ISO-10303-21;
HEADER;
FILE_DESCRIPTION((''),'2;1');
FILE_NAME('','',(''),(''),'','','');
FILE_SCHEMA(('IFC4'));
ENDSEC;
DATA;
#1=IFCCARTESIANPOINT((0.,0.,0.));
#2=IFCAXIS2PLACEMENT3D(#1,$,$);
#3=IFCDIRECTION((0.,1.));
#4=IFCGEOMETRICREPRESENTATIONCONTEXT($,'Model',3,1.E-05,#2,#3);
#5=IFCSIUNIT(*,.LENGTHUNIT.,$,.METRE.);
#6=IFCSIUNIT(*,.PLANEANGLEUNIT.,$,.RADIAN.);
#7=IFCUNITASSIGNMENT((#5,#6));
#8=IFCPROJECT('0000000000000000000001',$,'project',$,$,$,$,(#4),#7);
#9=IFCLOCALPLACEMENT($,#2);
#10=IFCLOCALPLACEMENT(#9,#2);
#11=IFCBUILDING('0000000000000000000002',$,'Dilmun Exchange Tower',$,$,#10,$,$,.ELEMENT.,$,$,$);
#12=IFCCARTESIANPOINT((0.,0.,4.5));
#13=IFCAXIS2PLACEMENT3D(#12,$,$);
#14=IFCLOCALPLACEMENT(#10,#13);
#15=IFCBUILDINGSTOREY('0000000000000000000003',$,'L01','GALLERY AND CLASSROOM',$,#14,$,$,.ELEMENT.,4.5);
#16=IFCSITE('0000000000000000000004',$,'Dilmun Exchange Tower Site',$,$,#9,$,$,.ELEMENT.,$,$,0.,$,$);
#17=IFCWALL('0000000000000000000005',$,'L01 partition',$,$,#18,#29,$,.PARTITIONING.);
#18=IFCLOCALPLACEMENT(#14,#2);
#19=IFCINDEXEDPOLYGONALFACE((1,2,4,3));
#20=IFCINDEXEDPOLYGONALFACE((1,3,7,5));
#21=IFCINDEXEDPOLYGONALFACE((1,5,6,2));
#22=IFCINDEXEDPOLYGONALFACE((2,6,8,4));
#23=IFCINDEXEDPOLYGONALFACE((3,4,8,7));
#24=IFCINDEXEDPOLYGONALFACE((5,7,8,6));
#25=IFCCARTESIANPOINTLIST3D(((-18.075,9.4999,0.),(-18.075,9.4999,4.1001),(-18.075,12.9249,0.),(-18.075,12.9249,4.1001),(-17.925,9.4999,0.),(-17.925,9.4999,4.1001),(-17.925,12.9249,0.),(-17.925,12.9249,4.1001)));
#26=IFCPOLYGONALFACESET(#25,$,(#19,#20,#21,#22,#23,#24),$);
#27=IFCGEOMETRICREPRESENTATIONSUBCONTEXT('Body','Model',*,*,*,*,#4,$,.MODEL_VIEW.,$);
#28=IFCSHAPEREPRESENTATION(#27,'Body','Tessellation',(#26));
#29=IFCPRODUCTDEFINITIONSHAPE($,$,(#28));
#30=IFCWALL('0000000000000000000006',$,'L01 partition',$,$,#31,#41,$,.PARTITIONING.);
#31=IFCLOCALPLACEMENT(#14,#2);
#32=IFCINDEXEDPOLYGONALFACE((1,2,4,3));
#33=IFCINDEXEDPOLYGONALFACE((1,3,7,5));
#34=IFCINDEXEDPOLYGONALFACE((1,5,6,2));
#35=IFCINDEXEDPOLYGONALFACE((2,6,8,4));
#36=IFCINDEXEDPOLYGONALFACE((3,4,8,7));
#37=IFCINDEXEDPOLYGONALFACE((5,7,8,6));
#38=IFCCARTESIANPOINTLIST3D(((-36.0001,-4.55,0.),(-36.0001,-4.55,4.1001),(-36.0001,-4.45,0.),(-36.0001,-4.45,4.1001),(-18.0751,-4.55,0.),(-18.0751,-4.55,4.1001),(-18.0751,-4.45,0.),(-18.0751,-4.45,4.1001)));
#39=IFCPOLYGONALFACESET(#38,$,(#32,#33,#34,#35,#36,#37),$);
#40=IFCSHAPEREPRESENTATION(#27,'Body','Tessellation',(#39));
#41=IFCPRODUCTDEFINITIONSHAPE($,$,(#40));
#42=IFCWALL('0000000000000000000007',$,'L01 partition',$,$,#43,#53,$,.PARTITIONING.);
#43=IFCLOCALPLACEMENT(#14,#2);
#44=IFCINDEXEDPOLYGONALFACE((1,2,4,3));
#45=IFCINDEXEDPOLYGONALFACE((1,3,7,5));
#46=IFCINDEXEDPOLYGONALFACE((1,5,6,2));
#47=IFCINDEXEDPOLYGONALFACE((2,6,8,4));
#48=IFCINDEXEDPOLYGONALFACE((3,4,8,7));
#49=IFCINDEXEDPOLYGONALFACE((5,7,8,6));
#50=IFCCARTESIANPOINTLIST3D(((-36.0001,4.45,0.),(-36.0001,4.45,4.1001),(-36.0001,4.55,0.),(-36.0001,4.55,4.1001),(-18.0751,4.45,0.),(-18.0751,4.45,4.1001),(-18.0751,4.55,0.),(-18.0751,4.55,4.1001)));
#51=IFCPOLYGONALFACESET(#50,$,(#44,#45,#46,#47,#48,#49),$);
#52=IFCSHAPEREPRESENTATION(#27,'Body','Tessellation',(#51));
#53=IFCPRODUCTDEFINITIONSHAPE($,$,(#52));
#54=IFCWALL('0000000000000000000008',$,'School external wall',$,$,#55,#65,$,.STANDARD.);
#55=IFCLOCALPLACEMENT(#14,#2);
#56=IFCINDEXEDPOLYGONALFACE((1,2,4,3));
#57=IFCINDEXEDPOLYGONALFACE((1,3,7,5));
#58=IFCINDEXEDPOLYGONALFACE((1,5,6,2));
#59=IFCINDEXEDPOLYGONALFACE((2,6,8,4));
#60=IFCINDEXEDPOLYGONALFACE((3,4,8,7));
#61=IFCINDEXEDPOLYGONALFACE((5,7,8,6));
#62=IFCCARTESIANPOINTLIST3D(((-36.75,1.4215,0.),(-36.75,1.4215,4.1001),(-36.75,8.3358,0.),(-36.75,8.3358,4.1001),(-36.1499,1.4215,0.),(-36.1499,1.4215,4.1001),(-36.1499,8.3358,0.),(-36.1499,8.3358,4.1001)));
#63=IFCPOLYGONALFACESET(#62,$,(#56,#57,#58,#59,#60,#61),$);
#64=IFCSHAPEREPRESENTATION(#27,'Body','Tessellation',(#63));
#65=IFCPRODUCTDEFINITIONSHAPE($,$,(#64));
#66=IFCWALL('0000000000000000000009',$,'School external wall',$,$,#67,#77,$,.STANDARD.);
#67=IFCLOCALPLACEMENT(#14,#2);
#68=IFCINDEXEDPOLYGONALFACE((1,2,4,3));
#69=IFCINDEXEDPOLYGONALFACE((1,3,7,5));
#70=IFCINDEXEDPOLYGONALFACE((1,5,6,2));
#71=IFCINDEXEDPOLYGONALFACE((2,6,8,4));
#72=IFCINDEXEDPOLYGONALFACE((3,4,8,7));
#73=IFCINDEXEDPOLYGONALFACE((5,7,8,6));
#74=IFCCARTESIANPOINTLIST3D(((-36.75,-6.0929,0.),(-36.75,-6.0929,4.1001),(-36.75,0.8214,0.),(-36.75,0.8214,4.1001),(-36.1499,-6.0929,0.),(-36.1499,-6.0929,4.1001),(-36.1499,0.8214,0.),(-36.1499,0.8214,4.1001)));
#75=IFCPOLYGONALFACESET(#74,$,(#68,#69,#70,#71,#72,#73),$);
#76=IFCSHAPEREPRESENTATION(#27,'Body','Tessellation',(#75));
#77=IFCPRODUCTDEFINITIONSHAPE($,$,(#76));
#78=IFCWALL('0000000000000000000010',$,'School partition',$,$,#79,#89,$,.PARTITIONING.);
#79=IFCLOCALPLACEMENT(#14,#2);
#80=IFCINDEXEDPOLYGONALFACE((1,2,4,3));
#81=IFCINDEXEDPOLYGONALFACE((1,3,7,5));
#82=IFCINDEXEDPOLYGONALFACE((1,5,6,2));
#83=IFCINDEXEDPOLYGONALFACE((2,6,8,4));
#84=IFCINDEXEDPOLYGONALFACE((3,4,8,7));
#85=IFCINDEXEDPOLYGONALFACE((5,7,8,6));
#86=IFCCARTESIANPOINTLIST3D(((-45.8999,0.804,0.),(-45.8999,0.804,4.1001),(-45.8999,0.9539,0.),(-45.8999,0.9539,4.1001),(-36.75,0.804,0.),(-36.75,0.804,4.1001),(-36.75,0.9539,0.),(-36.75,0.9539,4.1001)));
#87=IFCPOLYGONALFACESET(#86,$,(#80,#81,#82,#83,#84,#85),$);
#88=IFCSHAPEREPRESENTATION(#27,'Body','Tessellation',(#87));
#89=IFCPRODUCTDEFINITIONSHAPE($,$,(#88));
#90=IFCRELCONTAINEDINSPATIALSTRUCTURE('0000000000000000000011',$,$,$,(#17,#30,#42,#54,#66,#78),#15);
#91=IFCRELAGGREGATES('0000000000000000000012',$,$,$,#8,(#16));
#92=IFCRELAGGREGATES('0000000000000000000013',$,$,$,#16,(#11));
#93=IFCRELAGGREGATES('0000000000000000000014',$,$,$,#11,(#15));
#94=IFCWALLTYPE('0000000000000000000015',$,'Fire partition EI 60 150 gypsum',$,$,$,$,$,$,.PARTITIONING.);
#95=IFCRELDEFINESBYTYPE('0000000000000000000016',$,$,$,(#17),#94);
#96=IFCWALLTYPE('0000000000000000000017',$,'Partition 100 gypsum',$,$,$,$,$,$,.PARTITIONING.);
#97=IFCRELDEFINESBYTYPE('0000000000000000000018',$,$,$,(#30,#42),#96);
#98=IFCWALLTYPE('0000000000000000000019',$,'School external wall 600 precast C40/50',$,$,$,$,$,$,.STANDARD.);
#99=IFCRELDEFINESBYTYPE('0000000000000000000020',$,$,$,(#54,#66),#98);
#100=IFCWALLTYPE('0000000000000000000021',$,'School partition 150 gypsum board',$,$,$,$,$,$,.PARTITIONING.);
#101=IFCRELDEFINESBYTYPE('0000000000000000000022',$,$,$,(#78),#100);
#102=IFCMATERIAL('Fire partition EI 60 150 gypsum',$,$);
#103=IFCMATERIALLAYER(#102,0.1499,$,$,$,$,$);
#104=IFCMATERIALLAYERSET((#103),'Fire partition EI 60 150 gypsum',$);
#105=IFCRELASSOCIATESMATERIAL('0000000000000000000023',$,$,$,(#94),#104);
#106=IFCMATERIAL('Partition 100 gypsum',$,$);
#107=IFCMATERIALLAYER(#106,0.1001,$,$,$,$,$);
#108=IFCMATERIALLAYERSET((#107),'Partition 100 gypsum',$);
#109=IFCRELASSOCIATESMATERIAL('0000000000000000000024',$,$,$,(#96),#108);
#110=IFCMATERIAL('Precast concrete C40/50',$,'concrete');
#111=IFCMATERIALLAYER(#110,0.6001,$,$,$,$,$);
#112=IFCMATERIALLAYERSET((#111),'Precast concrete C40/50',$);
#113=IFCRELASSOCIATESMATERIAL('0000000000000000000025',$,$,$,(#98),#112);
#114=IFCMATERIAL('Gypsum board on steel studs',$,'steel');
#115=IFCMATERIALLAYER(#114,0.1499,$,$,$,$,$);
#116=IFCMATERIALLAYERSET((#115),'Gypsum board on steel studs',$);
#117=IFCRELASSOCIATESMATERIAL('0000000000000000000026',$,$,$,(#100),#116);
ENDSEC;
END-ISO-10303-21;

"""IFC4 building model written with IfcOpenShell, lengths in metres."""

from ifc_helpers import new_model, si_unit, direction, frame, frame_2d, origin, place, context, subcontext, project, spatial, rectangle, extrude, material, layer, layer_set, type_object, element, save


model = new_model("IFC4")

# Units and contexts
model_context = context("Model", 3, precision=1e-05, world=origin(), true_north=direction((0.0, 1.0)))
body_context = subcontext(model_context, "Body", "Model", "MODEL_VIEW")
ifc_project = project(units=[si_unit("LENGTHUNIT", "METRE"), si_unit("PLANEANGLEUNIT", "RADIAN")], contexts=[model_context])

# Site, building, storey
site_placement = place(None, origin())
site = spatial("IfcSite", under=ifc_project, at=site_placement, Name="Dilmun Exchange Tower Site", CompositionType="ELEMENT", RefElevation=0.0)
building_placement = place(site_placement, origin())
building = spatial("IfcBuilding", under=site, at=building_placement, Name="Dilmun Exchange Tower", CompositionType="ELEMENT")
storey_placement = place(building_placement, frame((0.0, 0.0, 4.5)))
storey = spatial("IfcBuildingStorey", under=building, at=storey_placement, Name="L01", Description="GALLERY AND CLASSROOM", CompositionType="ELEMENT", Elevation=4.5)

# Shared definitions
ifc_material_1 = material(Name="Fire partition EI 60 150 gypsum")
ifc_layer_1 = layer(ifc_material_1, 0.1499)
ifc_layer_set_1 = layer_set([ifc_layer_1], Name="Fire partition EI 60 150 gypsum")
wall_type_1 = type_object("IfcWallType", Name="Fire partition EI 60 150 gypsum", PredefinedType="PARTITIONING", material=ifc_layer_set_1)

# Walls
wall_1_placement = place(storey_placement, frame((-18.0, 9.5, 0.0), z_axis=(0.0, 0.0, 1.0), x_axis=(0.0, 1.0, 0.0)))
element("IfcWall", 1, at=wall_1_placement, inside=storey, type_object=wall_type_1, Name="L01 partition", PredefinedType="PARTITIONING", context=body_context, shape_type="SweptSolid", body=[
    extrude(rectangle(XDim=3.425, YDim=0.1499, at=frame_2d((1.7124, 0.0))), origin(), (0.0, 0.0, 1.0), 4.1001),
])
ifc_material_2 = material(Name="Partition 100 gypsum")
ifc_layer_2 = layer(ifc_material_2, 0.1001)
ifc_layer_set_2 = layer_set([ifc_layer_2], Name="Partition 100 gypsum")
wall_type_2 = type_object("IfcWallType", Name="Partition 100 gypsum", PredefinedType="PARTITIONING", material=ifc_layer_set_2)
for number, where, z_axis, x_axis, name in (
    (2, (-36.0, -4.5, 0.0), (0.0, 0.0, 1.0), (1.0, 0.0, 0.0), "L01 partition"),
    (3, (-36.0, 4.5, 0.0), (0.0, 0.0, 1.0), (1.0, 0.0, 0.0), "L01 partition"),
):
    element("IfcWall", number, at=place(storey_placement, frame(where, z_axis=z_axis, x_axis=x_axis)), inside=storey, type_object=wall_type_2, Name=name, PredefinedType="PARTITIONING", context=body_context, shape_type="SweptSolid", body=[
        extrude(rectangle(XDim=17.925, YDim=0.1001, at=frame_2d((8.9624, 0.0))), origin(), (0.0, 0.0, 1.0), 4.1001),
    ])
ifc_material_3 = material(Name="Precast concrete C40/50", Category="concrete")
ifc_layer_3 = layer(ifc_material_3, 0.6001)
ifc_layer_set_3 = layer_set([ifc_layer_3], Name="Precast concrete C40/50")
wall_type_3 = type_object("IfcWallType", Name="School external wall 600 precast C40/50", PredefinedType="STANDARD", material=ifc_layer_set_3)
for number, where, z_axis, x_axis, name in (
    (4, (-36.45, 8.3357, 0.0), (0.0, 0.0, 1.0), (0.0, -1.0, 0.0), "School external wall"),
    (5, (-36.45, 0.8213, 0.0), (0.0, 0.0, 1.0), (0.0, -1.0, 0.0), "School external wall"),
):
    element("IfcWall", number, at=place(storey_placement, frame(where, z_axis=z_axis, x_axis=x_axis)), inside=storey, type_object=wall_type_3, Name=name, PredefinedType="STANDARD", context=body_context, shape_type="SweptSolid", body=[
        extrude(rectangle(XDim=6.9143, YDim=0.6001, at=frame_2d((3.457, 0.0))), origin(), (0.0, 0.0, 1.0), 4.1001),
    ])
ifc_material_4 = material(Name="Gypsum board on steel studs", Category="steel")
ifc_layer_4 = layer(ifc_material_4, 0.1499)
ifc_layer_set_4 = layer_set([ifc_layer_4], Name="Gypsum board on steel studs")
wall_type_4 = type_object("IfcWallType", Name="School partition 150 gypsum board", PredefinedType="PARTITIONING", material=ifc_layer_set_4)
wall_2_placement = place(storey_placement, frame((-45.8999, 0.8789, 0.0), z_axis=(0.0, 0.0, 1.0), x_axis=(1.0, 0.0, 0.0)))
element("IfcWall", 6, at=wall_2_placement, inside=storey, type_object=wall_type_4, Name="School partition", PredefinedType="PARTITIONING", context=body_context, shape_type="SweptSolid", body=[
    extrude(rectangle(XDim=9.1499, YDim=0.1499, at=frame_2d((4.575, 0.0))), origin(), (0.0, 0.0, 1.0), 4.1001),
])

save(model, "model.ifc")
